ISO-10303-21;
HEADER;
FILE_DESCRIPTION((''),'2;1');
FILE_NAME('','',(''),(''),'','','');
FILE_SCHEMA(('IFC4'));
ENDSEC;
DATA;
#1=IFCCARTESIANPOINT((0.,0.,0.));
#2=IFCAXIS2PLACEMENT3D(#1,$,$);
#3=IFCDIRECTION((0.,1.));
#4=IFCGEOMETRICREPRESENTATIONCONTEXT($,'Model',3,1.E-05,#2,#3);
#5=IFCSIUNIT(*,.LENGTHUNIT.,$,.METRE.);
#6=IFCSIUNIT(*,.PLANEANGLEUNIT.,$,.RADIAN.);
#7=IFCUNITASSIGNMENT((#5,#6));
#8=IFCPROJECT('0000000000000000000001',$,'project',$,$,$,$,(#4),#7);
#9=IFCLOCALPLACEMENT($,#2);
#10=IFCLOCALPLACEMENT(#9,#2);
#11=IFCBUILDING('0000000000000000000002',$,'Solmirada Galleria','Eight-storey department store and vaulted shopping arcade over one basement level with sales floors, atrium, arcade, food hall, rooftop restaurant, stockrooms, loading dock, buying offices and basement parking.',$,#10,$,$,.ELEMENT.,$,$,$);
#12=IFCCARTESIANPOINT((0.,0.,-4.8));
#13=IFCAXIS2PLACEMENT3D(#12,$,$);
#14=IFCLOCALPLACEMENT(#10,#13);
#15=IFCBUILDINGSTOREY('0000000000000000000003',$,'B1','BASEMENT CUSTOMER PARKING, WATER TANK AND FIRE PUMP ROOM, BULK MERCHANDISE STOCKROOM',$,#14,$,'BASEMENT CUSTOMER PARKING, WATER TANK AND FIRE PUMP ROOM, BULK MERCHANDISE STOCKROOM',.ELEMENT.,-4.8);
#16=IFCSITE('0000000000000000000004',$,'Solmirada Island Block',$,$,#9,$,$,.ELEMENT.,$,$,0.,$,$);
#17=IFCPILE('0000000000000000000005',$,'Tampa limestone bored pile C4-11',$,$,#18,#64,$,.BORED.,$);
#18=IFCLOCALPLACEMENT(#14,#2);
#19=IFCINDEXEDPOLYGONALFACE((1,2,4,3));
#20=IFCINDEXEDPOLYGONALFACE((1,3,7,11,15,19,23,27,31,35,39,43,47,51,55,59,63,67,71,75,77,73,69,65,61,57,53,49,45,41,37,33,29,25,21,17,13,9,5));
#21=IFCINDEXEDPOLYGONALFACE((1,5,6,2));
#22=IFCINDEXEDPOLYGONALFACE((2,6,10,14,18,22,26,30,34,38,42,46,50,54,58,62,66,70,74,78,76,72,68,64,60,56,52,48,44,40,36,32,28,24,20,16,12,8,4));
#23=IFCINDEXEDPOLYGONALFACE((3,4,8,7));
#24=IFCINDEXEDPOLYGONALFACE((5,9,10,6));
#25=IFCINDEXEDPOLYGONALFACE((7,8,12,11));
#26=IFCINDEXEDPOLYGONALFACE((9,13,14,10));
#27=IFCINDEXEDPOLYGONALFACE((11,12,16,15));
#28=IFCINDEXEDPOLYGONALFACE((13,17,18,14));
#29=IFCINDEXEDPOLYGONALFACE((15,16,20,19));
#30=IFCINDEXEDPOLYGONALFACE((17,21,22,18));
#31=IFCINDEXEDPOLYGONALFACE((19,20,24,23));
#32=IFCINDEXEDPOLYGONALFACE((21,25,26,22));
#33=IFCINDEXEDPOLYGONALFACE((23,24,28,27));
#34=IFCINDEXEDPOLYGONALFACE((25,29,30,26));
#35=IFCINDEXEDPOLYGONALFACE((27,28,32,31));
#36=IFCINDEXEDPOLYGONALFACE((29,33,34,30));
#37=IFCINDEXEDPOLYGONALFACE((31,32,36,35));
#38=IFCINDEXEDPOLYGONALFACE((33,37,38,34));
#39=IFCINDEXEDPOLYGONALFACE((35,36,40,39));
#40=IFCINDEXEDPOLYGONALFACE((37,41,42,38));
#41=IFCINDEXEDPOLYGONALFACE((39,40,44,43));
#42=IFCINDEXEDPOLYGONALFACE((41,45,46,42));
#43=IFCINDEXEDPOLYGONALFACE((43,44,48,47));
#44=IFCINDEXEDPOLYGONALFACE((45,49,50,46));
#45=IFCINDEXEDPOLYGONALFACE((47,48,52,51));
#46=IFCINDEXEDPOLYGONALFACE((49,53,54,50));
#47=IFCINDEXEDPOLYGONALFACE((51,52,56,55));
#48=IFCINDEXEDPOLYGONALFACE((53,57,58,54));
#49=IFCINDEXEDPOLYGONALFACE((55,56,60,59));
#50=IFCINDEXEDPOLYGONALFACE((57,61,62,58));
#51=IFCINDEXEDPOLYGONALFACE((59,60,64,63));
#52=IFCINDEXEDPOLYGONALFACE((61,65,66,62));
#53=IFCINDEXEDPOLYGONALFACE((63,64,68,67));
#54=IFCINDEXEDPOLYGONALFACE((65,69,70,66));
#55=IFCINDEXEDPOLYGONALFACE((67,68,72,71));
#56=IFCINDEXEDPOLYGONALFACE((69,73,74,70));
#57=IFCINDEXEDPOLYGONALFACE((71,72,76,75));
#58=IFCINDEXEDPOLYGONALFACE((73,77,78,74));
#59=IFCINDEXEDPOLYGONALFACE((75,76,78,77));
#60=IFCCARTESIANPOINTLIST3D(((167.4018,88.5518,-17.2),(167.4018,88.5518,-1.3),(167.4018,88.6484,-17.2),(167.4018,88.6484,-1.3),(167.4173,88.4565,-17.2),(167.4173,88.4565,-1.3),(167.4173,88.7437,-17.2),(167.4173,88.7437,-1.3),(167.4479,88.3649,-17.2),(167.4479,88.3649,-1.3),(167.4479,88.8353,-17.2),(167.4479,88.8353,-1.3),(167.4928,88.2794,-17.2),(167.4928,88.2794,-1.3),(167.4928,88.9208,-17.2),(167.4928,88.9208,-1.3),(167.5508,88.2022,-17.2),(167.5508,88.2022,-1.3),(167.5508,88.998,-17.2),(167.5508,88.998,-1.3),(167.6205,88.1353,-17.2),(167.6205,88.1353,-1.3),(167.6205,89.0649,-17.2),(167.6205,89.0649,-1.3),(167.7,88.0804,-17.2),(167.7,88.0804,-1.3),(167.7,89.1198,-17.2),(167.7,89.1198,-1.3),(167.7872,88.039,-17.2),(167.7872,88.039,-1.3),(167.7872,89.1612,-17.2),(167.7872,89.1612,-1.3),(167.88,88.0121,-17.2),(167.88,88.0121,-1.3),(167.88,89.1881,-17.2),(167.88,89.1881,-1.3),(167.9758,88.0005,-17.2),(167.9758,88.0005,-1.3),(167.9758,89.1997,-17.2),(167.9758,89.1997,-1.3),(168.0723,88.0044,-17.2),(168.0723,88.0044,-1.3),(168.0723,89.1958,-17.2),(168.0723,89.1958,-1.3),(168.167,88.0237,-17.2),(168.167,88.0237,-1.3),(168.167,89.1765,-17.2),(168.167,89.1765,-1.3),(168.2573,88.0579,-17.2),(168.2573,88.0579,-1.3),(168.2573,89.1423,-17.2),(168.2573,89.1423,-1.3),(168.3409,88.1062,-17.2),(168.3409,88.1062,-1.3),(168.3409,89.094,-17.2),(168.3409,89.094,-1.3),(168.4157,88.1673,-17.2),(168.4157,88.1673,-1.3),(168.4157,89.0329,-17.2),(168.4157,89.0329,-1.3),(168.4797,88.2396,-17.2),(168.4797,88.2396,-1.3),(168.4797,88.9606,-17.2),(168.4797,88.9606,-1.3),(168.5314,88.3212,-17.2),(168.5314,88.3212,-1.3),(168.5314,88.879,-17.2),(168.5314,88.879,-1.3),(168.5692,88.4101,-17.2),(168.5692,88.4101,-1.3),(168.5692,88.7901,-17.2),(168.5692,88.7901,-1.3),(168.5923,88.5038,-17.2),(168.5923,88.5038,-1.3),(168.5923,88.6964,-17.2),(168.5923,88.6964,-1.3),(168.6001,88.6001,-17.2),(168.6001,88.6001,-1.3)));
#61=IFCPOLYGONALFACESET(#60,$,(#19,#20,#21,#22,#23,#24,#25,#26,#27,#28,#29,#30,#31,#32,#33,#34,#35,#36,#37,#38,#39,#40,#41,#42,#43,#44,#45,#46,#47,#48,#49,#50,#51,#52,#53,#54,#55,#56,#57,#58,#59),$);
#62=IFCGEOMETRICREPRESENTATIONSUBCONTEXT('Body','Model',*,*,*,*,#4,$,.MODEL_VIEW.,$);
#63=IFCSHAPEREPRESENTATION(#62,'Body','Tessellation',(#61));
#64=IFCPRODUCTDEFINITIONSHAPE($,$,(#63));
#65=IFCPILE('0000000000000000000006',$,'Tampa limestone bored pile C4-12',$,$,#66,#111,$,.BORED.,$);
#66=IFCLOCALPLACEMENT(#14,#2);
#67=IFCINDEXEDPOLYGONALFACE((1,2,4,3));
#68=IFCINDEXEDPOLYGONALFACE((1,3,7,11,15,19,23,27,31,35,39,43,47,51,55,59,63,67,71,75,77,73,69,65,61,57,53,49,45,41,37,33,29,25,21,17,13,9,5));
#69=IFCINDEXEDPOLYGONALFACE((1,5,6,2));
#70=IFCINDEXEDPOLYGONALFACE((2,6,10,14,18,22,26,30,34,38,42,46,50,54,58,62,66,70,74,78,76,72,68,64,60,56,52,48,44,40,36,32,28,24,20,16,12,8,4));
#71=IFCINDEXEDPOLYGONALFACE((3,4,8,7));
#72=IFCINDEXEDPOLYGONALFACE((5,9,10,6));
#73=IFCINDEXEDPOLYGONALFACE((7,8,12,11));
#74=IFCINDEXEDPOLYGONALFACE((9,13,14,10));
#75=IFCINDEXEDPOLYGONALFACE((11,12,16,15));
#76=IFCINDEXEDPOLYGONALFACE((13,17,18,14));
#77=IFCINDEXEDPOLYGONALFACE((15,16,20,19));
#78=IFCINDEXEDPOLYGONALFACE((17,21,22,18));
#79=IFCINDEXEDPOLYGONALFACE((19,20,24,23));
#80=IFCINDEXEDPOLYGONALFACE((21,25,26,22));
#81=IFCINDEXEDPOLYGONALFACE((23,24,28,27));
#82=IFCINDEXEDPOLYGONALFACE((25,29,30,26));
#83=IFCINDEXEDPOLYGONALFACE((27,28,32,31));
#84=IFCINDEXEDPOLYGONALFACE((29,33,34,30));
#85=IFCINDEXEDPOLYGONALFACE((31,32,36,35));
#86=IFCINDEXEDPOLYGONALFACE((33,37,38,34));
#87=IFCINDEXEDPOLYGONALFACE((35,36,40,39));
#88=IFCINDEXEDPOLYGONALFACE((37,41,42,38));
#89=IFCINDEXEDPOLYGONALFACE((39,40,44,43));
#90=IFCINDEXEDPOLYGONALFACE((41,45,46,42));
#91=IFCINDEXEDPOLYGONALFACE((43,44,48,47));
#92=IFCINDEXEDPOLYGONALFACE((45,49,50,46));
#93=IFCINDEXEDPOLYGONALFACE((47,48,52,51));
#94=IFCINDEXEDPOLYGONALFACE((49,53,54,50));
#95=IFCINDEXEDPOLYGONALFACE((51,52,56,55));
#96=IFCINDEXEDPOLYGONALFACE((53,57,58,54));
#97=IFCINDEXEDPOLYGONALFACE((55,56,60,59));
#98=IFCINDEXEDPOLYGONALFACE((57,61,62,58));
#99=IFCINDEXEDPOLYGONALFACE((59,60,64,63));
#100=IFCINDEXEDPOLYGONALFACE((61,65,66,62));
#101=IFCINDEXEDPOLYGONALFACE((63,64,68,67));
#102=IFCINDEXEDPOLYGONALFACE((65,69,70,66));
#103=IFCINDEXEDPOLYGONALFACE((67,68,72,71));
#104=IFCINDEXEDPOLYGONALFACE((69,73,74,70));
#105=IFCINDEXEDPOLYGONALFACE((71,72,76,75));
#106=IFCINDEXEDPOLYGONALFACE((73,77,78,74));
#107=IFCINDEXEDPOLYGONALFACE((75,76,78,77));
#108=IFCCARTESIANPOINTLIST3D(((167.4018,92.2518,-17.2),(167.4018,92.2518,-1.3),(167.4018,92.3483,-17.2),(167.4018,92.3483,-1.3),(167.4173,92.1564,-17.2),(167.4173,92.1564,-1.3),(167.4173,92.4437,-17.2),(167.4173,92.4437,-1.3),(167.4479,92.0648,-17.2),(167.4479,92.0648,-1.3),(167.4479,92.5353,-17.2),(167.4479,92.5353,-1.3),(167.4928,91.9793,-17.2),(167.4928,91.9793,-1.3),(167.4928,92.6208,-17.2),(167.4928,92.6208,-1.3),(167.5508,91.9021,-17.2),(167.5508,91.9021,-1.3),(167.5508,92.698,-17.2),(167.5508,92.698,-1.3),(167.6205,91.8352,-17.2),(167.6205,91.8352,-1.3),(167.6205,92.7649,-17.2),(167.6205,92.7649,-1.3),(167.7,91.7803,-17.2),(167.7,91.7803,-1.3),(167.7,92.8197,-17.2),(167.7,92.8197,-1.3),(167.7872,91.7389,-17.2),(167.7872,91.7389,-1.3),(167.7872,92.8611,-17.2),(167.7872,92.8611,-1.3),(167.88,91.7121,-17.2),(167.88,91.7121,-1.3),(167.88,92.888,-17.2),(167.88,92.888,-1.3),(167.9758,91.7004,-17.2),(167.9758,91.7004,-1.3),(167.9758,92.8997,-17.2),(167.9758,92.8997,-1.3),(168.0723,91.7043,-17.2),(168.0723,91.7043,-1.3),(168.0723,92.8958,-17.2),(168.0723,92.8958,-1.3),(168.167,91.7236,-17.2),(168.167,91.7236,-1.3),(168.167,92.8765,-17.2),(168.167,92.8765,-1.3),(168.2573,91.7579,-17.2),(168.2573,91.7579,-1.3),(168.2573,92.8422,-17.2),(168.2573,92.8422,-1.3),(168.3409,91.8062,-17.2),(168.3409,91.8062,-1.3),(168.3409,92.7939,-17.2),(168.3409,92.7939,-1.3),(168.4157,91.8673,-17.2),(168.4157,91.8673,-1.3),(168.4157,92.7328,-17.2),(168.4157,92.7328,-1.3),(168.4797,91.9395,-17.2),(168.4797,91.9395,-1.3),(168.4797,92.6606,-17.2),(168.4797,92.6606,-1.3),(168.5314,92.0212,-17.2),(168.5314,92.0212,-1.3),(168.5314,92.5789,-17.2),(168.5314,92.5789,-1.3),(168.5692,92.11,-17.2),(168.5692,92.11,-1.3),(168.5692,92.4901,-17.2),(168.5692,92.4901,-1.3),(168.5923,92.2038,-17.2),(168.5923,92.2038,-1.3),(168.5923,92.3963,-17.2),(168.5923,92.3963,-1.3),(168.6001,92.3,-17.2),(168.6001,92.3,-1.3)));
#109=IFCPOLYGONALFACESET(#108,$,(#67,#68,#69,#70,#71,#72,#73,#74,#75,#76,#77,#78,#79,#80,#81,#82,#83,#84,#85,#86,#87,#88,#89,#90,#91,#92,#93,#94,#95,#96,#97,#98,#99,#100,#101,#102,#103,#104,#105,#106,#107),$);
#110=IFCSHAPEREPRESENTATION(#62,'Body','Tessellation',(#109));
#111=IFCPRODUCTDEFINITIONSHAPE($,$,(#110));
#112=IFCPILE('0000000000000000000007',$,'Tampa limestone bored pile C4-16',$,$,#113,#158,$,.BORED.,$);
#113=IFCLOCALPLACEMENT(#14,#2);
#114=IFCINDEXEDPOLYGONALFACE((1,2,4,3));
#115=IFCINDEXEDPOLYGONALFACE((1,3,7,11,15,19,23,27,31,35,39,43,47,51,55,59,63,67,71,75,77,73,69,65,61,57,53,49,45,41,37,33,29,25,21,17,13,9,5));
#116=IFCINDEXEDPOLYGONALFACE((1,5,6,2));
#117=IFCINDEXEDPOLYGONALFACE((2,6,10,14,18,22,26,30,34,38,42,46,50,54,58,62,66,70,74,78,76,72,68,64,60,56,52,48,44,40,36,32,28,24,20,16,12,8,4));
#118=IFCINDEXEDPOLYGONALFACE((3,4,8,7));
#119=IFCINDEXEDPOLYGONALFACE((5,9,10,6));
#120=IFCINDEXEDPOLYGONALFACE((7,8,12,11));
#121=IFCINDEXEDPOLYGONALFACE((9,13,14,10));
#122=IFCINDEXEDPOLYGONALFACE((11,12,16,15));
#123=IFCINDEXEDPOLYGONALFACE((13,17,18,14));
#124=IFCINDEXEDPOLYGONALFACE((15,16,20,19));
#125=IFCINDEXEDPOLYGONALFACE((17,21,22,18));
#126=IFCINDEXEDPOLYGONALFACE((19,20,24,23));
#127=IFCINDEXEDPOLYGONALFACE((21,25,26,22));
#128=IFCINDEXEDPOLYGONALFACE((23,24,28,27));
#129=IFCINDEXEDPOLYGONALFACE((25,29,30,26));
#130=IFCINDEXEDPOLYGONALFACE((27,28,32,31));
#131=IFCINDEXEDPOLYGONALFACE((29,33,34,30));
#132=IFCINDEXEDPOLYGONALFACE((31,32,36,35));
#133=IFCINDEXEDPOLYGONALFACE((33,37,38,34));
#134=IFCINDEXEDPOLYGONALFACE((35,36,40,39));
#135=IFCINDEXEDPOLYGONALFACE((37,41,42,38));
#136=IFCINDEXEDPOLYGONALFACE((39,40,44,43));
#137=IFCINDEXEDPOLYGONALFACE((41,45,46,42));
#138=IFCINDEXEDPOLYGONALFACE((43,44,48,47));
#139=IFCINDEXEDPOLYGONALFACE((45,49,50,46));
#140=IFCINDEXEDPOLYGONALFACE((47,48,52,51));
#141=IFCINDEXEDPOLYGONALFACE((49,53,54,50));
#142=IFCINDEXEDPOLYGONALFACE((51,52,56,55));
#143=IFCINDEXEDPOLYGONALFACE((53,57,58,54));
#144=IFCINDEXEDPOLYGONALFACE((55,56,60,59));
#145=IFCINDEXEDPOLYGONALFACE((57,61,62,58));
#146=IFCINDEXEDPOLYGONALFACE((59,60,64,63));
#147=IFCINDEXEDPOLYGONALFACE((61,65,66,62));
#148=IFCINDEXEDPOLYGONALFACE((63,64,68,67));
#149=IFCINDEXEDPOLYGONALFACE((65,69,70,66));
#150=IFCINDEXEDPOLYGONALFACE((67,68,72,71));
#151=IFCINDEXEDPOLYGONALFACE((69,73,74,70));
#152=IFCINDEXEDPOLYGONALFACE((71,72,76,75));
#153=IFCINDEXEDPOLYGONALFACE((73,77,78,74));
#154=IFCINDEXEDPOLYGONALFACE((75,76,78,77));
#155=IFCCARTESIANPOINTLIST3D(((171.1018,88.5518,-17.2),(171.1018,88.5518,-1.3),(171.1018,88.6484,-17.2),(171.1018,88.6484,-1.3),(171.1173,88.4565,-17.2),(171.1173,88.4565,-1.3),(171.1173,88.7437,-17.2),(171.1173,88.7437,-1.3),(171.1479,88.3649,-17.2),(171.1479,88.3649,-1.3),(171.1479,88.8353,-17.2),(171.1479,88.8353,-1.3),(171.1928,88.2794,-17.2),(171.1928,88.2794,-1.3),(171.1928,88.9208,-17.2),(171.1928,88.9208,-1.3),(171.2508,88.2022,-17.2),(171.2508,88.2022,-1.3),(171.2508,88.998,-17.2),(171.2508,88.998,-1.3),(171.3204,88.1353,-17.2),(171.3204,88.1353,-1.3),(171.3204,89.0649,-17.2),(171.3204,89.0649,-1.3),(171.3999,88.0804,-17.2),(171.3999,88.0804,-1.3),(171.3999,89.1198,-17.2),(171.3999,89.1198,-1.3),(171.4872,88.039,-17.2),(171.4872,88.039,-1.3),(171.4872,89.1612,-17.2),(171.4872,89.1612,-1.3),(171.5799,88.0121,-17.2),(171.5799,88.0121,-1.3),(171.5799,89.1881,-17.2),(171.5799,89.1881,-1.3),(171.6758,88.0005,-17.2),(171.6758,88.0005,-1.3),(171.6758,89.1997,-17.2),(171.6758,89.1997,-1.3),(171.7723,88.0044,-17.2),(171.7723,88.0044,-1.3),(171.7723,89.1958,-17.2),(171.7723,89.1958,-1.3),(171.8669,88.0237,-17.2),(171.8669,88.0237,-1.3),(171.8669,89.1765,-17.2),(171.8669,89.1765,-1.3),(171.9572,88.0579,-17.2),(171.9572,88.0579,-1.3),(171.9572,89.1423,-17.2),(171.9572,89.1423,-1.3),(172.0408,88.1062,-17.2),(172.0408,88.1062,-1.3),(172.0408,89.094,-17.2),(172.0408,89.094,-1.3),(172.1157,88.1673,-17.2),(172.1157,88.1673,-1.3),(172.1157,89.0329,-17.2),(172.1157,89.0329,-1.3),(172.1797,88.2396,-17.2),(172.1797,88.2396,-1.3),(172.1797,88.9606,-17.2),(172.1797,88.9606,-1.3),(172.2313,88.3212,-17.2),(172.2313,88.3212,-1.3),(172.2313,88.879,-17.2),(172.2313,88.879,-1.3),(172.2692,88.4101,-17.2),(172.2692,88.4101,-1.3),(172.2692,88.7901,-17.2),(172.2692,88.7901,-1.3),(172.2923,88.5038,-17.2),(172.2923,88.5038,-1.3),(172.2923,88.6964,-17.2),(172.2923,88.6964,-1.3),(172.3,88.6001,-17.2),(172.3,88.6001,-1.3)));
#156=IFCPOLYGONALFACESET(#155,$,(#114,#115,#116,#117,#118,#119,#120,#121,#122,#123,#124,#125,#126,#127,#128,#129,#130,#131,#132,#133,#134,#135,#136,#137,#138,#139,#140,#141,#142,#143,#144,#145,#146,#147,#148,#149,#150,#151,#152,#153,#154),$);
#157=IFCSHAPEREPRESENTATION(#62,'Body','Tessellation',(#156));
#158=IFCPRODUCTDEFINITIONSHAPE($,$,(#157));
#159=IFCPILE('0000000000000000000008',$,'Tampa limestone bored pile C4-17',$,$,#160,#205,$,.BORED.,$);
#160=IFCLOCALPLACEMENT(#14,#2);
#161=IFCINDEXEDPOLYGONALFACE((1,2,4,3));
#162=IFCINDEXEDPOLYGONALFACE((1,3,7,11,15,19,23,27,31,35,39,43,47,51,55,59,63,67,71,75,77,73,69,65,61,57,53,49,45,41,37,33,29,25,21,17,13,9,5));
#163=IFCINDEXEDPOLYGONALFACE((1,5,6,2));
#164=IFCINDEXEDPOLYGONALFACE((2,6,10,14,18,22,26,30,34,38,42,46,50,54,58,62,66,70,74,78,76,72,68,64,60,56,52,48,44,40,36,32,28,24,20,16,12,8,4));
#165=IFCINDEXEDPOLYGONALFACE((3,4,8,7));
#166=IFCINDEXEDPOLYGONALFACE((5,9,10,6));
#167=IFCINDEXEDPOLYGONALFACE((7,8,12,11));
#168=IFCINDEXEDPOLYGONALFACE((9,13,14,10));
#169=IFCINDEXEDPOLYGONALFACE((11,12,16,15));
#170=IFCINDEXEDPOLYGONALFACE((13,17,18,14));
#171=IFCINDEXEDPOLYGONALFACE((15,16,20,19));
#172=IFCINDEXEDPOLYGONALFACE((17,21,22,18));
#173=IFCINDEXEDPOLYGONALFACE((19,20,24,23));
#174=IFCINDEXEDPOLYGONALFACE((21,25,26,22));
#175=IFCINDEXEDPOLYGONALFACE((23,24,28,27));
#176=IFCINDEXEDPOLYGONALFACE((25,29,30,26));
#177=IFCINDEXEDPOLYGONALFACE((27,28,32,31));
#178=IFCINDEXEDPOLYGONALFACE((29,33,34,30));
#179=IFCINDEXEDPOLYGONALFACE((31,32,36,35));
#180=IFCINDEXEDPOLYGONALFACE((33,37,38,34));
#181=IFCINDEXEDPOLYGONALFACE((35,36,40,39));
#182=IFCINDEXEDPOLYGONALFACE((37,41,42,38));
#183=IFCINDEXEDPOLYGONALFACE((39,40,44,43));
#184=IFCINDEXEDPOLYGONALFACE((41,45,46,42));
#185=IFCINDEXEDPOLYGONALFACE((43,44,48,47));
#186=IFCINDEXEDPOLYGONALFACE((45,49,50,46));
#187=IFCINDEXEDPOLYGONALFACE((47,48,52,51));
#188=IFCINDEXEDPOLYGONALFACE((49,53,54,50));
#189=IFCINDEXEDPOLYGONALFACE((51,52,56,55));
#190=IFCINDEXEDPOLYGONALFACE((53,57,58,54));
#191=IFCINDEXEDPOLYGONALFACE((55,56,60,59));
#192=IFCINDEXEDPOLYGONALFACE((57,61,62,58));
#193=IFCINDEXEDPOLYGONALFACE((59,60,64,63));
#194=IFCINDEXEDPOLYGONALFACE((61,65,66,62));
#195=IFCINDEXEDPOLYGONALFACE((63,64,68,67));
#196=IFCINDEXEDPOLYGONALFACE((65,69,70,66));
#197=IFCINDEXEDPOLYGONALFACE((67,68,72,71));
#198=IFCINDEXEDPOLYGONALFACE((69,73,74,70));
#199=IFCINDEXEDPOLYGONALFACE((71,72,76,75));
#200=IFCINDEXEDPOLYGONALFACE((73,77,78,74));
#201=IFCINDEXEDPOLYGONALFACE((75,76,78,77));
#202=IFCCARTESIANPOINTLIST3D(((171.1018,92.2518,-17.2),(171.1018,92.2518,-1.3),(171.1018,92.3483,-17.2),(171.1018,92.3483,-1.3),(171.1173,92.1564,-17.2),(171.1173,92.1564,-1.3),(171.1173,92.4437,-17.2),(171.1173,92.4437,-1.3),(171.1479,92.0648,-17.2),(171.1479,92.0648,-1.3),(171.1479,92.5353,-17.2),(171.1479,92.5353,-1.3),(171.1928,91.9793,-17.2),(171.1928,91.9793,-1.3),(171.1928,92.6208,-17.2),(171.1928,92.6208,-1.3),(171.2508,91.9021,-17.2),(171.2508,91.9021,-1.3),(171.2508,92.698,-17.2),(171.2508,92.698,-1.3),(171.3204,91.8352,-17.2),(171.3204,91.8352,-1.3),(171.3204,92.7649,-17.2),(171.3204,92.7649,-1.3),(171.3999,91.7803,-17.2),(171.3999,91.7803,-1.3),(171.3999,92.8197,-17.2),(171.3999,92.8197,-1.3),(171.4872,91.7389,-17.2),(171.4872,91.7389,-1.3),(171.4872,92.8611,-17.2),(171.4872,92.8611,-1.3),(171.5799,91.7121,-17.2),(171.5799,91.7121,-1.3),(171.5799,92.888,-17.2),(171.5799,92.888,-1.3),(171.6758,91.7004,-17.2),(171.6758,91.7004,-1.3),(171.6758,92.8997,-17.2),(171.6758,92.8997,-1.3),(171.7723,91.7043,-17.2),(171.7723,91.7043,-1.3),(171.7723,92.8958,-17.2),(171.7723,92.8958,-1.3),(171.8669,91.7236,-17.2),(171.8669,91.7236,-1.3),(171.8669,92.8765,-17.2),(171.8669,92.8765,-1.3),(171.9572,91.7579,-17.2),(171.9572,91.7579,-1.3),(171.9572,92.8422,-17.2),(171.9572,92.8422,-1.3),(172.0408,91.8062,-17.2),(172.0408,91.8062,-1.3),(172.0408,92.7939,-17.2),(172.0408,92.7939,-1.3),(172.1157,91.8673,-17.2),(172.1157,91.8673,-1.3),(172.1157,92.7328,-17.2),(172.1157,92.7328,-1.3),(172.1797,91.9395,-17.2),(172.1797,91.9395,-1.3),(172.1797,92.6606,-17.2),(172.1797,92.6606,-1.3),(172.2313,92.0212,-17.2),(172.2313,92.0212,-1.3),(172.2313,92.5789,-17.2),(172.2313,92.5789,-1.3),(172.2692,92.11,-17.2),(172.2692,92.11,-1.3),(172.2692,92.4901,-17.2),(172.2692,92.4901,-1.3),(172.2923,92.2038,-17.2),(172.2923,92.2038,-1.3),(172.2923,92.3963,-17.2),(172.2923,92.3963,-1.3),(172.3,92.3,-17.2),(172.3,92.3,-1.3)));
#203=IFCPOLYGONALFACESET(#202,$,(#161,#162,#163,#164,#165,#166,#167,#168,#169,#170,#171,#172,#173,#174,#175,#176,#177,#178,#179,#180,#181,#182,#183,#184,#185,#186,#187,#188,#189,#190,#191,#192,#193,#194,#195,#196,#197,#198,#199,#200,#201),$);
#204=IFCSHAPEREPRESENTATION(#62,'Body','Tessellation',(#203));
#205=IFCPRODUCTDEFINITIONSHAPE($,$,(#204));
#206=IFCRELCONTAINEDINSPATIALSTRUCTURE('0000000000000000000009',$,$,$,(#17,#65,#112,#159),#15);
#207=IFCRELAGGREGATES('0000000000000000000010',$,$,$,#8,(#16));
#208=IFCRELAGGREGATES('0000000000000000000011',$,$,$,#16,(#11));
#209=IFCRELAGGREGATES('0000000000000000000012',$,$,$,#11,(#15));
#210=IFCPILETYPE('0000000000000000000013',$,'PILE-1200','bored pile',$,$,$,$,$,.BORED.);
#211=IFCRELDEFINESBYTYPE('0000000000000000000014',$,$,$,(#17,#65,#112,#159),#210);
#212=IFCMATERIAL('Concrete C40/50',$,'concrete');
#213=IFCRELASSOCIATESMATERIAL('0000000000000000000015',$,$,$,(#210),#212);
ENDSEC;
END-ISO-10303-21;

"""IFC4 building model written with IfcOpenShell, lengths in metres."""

from ifc_helpers import new_model, si_unit, direction, frame, origin, origin_2d, place, context, subcontext, project, spatial, circle, extrude, material, material_profile, profile_set, type_object, element, save


model = new_model("IFC4")

# Units and contexts
model_context = context("Model", 3, precision=1e-05, world=origin(), true_north=direction((0.0, 1.0)))
body_context = subcontext(model_context, "Body", "Model", "MODEL_VIEW")
ifc_project = project(units=[si_unit("LENGTHUNIT", "METRE"), si_unit("PLANEANGLEUNIT", "RADIAN")], contexts=[model_context])

# Site, building, storey
site_placement = place(None, origin())
site = spatial("IfcSite", under=ifc_project, at=site_placement, Name="Solmirada Island Block", CompositionType="ELEMENT", RefElevation=0.0)
building_placement = place(site_placement, origin())
building = spatial("IfcBuilding", under=site, at=building_placement, Name="Solmirada Galleria", Description="Eight-storey department store and vaulted shopping arcade over one basement level with sales floors, atrium, arcade, food hall, rooftop restaurant, stockrooms, loading dock, buying offices and basement parking.", CompositionType="ELEMENT")
storey_placement = place(building_placement, frame((0.0, 0.0, -4.8)))
storey = spatial("IfcBuildingStorey", under=building, at=storey_placement, Name="B1", Description="BASEMENT CUSTOMER PARKING, WATER TANK AND FIRE PUMP ROOM, BULK MERCHANDISE STOCKROOM", LongName="BASEMENT CUSTOMER PARKING, WATER TANK AND FIRE PUMP ROOM, BULK MERCHANDISE STOCKROOM", CompositionType="ELEMENT", Elevation=-4.8)

# Piles
ifc_material_1 = material(Name="Concrete C40/50", Category="concrete")
ifc_material_profile_1 = material_profile(ifc_material_1, circle(Radius=0.6001, at=origin_2d()), Name="PILE1200")
ifc_profile_set_1 = profile_set([ifc_material_profile_1], Name="Concrete C40/50")
pile_type = type_object("IfcPileType", Name="PILE-1200", Description="bored pile", PredefinedType="BORED", material=ifc_profile_set_1)
for number, where, z_axis, x_axis, name in (
    (1, (168.0, 88.6001, -1.3), (0.0, 0.0, -1.0), (1.0, 0.0, 0.0), "Tampa limestone bored pile C4-11"),
    (2, (168.0, 92.3, -1.3), (0.0, 0.0, -1.0), (1.0, 0.0, 0.0), "Tampa limestone bored pile C4-12"),
    (3, (171.7, 88.6001, -1.3), (0.0, 0.0, -1.0), (1.0, 0.0, 0.0), "Tampa limestone bored pile C4-16"),
    (4, (171.7, 92.3, -1.3), (0.0, 0.0, -1.0), (1.0, 0.0, 0.0), "Tampa limestone bored pile C4-17"),
):
    element("IfcPile", number, at=place(storey_placement, frame(where, z_axis=z_axis, x_axis=x_axis)), inside=storey, type_object=pile_type, Name=name, PredefinedType="BORED", context=body_context, shape_type="SweptSolid", body=[
        extrude(circle(Radius=0.6001, at=origin_2d()), origin(), (0.0, 0.0, 1.0), 15.8999),
    ])

save(model, "model.ifc")
